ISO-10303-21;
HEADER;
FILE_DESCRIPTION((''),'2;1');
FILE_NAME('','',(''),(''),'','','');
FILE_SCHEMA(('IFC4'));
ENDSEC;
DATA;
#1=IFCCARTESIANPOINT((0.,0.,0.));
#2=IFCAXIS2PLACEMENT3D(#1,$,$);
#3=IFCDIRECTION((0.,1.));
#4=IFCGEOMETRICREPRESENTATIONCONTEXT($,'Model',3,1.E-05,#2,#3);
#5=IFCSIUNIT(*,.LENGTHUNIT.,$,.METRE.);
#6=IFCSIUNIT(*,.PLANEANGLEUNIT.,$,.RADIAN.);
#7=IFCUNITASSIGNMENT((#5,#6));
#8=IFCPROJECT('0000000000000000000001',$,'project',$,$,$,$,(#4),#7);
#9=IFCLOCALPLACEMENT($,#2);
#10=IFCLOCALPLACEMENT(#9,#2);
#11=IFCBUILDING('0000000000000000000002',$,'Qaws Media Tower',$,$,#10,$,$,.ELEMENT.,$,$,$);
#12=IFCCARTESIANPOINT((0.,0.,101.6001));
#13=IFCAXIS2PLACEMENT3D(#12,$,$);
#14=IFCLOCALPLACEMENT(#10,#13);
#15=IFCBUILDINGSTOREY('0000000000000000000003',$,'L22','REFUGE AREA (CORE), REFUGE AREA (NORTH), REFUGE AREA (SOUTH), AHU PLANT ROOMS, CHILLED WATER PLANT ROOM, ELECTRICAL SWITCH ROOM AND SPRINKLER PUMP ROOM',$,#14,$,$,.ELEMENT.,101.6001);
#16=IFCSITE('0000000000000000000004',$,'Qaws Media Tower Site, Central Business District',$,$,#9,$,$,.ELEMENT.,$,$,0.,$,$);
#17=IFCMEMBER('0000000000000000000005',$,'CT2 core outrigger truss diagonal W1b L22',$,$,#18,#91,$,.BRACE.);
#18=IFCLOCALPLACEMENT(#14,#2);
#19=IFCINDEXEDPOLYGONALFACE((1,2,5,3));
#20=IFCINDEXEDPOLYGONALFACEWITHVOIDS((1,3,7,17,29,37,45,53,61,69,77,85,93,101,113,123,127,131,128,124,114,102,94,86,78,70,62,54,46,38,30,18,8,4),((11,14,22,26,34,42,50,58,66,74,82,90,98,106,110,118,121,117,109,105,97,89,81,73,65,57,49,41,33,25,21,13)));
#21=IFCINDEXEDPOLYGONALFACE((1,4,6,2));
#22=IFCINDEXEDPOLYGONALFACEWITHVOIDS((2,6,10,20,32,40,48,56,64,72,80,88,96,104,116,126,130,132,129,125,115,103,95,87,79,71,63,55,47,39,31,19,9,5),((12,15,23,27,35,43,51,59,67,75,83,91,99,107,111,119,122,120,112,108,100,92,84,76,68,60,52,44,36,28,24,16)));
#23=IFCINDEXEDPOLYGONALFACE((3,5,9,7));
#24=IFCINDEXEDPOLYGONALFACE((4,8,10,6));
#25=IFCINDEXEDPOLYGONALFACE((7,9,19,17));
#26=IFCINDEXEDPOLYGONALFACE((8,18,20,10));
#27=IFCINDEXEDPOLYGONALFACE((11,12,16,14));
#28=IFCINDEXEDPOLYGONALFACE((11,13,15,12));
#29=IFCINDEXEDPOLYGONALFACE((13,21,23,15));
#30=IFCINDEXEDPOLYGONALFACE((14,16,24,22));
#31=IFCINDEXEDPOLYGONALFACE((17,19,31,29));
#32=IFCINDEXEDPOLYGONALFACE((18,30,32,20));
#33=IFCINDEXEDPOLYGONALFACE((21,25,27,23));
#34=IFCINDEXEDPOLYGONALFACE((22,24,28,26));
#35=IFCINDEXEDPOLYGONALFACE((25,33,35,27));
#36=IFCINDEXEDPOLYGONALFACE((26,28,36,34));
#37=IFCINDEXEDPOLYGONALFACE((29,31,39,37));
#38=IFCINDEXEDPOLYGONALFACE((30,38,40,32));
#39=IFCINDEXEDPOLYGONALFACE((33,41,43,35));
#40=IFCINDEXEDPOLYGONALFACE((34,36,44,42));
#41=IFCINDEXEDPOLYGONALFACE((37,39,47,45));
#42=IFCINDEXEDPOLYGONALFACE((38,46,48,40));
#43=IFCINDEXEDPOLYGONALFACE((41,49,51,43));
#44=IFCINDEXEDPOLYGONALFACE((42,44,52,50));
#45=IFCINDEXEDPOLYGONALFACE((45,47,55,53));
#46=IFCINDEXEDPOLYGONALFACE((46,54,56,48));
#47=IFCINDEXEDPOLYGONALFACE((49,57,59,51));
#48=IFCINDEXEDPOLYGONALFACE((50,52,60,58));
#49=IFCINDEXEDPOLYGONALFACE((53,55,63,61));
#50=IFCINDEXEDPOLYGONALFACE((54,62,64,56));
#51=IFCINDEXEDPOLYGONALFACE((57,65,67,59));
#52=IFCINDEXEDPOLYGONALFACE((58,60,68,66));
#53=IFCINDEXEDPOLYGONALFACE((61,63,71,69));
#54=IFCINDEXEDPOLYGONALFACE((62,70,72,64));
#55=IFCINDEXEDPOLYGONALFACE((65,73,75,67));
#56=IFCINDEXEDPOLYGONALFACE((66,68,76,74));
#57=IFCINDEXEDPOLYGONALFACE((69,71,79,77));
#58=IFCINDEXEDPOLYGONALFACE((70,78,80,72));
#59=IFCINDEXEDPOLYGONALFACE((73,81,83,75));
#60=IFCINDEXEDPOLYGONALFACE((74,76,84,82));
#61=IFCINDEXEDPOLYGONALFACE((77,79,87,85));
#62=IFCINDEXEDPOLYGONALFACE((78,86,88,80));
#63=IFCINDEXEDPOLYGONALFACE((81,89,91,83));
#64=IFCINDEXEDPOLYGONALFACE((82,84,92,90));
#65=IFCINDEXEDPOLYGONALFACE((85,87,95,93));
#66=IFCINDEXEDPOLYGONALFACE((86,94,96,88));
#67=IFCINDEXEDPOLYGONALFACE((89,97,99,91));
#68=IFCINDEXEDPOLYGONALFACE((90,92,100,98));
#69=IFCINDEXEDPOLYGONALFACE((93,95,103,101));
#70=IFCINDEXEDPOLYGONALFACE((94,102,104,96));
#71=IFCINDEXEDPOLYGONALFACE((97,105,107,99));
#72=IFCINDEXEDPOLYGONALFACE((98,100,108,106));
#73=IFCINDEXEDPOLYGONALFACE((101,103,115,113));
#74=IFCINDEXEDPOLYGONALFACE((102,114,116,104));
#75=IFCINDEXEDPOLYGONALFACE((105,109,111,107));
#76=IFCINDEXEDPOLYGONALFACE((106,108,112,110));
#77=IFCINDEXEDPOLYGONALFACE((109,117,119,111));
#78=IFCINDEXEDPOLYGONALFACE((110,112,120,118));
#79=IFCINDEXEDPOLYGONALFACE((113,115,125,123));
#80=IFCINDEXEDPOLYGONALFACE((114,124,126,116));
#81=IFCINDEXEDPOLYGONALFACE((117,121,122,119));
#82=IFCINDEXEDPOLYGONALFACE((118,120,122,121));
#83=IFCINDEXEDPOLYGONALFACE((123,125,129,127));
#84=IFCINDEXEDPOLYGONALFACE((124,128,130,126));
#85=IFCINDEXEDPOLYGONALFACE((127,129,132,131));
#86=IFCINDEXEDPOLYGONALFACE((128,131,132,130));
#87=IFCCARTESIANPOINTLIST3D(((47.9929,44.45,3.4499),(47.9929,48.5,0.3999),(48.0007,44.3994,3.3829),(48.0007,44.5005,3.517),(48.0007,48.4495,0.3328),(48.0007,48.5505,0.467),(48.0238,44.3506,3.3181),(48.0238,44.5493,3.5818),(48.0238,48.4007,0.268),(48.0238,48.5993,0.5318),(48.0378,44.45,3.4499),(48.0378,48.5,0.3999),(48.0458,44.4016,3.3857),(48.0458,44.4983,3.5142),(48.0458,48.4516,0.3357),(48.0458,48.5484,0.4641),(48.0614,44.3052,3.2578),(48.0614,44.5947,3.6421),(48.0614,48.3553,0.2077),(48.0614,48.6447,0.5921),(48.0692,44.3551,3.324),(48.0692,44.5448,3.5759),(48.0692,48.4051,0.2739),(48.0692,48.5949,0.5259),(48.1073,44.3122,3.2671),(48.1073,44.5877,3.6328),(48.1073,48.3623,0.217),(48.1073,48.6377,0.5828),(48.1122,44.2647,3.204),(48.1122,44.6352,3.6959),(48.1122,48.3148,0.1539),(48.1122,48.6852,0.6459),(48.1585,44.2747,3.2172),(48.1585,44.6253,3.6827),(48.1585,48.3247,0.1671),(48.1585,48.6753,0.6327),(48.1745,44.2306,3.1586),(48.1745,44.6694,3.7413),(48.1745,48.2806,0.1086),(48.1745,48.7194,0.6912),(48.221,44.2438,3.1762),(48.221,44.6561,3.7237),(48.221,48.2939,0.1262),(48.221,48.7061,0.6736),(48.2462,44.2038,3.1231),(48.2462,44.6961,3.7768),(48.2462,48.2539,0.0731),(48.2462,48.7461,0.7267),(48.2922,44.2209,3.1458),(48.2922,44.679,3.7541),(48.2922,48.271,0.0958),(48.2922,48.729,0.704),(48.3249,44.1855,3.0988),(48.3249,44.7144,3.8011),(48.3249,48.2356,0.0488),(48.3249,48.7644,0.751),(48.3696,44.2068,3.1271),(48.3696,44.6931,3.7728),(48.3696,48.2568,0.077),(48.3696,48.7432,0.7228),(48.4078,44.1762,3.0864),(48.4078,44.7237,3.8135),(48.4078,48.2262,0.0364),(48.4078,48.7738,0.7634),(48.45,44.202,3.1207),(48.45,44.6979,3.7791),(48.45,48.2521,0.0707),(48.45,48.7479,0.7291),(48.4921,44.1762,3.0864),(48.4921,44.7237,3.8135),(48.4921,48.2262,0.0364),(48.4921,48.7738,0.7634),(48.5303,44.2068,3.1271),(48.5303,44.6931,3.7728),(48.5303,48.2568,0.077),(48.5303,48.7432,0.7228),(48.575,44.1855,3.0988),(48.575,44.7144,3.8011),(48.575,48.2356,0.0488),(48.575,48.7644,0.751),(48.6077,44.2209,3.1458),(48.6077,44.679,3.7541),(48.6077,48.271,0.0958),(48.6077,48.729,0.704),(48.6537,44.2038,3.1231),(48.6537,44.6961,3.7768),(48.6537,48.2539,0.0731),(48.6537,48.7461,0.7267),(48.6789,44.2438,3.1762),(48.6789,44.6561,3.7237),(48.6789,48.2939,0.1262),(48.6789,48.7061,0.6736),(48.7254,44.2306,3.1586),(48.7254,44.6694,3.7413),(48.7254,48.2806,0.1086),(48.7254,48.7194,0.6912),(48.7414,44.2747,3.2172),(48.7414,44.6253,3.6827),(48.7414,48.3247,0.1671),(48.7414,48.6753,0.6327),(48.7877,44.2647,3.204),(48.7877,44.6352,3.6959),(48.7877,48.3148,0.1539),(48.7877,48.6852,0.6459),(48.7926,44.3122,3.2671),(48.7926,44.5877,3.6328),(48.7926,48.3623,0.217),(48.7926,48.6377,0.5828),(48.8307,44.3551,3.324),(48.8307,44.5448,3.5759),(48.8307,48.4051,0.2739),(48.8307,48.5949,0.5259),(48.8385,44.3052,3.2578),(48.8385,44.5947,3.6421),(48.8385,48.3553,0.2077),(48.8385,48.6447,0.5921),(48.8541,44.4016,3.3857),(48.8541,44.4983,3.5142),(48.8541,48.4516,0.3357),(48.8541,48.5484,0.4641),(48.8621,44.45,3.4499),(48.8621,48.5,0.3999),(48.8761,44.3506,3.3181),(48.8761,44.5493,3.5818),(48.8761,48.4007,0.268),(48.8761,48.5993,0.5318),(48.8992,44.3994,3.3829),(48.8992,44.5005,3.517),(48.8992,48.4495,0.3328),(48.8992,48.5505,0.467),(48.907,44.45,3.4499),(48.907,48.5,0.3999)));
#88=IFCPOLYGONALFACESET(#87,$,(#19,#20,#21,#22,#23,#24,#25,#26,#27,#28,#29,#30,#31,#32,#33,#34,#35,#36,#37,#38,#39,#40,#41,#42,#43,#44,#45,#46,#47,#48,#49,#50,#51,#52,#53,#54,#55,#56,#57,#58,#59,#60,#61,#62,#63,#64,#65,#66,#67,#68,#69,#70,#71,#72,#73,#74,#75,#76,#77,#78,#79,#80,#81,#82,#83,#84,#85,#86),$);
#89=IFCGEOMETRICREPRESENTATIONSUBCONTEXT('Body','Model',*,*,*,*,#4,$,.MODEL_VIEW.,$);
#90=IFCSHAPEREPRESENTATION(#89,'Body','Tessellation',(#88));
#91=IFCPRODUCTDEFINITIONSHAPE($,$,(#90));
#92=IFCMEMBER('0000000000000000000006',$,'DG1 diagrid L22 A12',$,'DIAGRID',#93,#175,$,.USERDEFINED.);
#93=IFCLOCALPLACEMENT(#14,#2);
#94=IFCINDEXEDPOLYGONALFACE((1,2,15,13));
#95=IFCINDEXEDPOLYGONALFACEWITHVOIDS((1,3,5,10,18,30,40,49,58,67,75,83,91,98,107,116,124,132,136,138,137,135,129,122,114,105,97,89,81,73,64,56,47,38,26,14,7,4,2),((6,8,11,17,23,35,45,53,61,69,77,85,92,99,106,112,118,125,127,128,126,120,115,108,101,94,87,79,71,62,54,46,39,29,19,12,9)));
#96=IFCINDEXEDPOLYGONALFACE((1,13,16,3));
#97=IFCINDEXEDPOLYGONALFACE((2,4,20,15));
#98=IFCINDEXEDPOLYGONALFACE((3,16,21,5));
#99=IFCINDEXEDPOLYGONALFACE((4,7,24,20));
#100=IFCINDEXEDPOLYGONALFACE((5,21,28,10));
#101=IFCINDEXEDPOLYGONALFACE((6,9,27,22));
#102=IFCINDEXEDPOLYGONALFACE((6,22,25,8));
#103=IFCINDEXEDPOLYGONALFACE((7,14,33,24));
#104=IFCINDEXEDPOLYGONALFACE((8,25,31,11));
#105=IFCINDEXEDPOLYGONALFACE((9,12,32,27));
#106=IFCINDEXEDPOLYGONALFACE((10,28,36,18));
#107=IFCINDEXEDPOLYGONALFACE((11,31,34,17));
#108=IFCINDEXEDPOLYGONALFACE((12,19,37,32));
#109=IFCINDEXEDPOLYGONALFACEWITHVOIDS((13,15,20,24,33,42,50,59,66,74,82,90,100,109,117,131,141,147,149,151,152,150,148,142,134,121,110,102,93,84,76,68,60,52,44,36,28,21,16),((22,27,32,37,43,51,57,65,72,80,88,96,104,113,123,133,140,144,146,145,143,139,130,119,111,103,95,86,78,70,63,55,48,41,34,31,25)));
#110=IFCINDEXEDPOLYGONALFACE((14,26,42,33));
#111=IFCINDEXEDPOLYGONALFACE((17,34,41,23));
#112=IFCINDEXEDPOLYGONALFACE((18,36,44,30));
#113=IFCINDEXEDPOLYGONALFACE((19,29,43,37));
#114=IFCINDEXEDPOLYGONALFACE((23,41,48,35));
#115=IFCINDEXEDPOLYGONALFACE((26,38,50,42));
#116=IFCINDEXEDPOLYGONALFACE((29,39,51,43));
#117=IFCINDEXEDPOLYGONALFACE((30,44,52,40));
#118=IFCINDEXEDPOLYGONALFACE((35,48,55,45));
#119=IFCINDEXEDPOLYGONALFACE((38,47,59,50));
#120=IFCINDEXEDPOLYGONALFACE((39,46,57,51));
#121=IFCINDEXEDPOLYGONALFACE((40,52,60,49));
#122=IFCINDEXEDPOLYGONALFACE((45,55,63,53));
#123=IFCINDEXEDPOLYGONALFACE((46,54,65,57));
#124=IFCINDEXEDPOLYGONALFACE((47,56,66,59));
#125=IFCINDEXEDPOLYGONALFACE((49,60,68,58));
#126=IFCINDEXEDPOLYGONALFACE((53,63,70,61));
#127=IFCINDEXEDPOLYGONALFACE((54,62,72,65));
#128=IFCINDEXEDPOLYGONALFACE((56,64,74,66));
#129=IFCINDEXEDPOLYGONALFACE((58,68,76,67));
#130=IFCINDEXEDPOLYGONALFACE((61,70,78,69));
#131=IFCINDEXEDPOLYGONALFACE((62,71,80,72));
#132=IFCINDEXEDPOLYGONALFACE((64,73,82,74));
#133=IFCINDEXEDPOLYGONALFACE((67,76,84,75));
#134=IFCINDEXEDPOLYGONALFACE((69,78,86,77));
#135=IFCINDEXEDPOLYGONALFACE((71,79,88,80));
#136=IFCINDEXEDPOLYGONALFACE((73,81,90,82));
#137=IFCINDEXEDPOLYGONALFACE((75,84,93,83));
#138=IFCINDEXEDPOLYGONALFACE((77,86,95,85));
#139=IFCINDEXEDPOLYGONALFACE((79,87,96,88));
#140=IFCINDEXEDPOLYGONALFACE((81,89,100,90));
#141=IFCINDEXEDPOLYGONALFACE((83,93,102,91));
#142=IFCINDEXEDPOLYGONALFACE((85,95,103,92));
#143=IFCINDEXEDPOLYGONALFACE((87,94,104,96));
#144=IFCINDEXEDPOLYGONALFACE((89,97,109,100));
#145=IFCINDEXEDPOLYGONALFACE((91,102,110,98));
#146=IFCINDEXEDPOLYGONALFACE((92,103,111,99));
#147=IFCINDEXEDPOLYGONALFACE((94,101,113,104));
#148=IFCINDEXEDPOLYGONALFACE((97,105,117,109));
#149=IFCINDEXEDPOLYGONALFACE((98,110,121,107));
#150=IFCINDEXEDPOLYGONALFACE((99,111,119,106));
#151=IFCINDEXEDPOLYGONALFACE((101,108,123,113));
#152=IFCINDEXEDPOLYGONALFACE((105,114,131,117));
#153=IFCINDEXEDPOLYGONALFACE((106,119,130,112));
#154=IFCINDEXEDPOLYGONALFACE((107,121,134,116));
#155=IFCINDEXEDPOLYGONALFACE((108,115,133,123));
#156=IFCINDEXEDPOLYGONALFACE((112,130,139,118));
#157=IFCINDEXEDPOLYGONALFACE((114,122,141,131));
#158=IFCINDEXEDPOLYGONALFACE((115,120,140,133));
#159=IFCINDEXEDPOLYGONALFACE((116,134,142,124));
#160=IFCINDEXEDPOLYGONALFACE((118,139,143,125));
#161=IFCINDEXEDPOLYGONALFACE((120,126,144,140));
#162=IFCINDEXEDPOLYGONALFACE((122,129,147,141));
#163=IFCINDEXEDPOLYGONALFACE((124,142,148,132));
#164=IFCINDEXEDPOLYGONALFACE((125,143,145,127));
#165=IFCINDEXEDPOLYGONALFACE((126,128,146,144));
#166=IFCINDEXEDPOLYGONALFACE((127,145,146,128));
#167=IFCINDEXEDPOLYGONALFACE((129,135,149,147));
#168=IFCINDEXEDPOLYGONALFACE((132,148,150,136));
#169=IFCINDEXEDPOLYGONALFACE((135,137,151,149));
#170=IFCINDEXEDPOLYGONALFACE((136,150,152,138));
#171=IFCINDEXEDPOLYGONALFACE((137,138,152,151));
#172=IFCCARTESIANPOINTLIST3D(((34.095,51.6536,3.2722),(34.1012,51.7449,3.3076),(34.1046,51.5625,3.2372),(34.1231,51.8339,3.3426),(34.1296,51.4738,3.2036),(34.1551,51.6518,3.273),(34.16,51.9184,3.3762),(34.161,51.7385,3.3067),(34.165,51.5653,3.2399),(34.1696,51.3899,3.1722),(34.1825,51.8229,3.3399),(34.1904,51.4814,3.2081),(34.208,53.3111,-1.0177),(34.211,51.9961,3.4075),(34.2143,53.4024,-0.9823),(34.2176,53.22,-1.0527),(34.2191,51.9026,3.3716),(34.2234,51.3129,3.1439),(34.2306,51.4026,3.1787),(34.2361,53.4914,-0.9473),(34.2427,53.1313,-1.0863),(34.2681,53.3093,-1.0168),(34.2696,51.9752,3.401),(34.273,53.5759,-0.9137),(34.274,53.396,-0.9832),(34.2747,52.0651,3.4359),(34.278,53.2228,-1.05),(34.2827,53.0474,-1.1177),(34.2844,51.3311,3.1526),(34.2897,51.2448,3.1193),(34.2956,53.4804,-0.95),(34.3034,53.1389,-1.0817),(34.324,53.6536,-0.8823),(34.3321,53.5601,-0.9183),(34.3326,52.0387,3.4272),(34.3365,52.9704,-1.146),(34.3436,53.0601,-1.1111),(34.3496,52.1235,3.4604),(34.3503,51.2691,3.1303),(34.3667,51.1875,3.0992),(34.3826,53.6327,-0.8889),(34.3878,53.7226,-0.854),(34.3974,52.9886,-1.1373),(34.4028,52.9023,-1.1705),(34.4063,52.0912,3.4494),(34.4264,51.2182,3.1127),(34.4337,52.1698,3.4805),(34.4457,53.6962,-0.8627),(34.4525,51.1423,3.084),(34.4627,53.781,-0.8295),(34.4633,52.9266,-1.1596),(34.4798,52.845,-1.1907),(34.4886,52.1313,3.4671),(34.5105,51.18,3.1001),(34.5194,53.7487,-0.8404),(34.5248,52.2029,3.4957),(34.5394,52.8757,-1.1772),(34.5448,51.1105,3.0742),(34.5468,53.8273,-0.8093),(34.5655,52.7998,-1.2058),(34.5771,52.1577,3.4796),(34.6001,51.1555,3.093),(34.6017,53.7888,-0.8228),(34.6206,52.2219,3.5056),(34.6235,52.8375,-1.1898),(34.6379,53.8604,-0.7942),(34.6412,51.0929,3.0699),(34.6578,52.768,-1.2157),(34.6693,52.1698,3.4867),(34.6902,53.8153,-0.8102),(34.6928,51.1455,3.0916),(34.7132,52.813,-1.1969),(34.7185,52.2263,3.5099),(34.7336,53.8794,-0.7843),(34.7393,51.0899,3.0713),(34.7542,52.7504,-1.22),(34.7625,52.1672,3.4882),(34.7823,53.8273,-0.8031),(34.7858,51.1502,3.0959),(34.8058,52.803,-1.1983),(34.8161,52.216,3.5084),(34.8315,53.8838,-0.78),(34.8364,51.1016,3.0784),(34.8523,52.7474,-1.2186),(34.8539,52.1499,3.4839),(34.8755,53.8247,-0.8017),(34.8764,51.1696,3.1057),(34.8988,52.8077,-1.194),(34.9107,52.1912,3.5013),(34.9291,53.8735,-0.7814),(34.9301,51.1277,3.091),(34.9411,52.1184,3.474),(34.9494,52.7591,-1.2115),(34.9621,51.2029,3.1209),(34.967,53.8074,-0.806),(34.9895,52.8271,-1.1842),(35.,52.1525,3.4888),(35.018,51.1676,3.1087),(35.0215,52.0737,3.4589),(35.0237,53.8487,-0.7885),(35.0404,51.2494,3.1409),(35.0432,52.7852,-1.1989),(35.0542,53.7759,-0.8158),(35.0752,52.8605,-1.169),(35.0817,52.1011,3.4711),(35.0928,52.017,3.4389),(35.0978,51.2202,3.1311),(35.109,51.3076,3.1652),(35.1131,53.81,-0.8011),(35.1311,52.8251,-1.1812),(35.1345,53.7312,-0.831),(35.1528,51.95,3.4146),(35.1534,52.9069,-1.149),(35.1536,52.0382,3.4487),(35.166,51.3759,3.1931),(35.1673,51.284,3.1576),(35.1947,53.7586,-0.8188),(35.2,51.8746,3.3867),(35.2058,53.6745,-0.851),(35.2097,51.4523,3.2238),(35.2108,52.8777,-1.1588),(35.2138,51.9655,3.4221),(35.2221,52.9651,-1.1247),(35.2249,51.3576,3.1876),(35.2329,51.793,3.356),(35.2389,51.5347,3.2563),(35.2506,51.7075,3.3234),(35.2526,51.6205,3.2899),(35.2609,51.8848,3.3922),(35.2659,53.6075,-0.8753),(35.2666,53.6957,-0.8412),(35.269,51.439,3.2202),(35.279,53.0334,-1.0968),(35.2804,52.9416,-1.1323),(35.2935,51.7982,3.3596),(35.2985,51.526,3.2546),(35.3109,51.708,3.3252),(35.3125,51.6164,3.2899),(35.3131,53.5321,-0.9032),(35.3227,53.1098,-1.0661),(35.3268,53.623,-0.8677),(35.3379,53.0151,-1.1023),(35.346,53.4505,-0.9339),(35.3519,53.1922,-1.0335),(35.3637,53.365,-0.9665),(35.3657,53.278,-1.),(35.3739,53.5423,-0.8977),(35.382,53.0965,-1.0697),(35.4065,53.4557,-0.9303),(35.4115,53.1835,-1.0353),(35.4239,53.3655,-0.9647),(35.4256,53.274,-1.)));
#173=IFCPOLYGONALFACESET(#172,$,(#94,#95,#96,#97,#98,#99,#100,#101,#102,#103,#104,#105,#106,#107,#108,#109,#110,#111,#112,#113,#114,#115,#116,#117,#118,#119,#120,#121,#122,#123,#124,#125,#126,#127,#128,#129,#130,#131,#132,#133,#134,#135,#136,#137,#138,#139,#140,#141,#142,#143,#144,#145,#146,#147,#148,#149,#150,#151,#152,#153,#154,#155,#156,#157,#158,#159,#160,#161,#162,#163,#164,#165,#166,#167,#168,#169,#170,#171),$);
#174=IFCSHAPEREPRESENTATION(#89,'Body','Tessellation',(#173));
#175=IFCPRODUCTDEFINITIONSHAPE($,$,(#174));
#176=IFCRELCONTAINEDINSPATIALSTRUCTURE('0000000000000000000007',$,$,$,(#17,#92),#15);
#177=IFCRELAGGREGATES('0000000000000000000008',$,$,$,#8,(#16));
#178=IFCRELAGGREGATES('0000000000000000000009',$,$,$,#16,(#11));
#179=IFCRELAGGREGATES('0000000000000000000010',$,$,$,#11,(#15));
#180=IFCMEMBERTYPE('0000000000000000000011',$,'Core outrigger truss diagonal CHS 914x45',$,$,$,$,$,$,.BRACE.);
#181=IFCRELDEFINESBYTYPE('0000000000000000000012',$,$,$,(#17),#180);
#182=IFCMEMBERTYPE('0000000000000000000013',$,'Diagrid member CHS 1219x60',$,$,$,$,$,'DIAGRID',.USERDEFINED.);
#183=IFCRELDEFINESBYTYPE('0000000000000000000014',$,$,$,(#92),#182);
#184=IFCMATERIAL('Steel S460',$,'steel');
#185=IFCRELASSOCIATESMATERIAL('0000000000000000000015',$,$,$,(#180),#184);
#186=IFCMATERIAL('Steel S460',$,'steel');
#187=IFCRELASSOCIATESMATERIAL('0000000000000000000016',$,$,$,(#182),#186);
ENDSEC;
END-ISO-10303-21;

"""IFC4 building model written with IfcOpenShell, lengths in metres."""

from ifc_helpers import new_model, si_unit, direction, frame, origin, origin_2d, place, context, subcontext, project, spatial, hollow_circle, extrude, material, material_profile, profile_set, type_object, element, save


model = new_model("IFC4")

# Units and contexts
model_context = context("Model", 3, precision=1e-05, world=origin(), true_north=direction((0.0, 1.0)))
body_context = subcontext(model_context, "Body", "Model", "MODEL_VIEW")
ifc_project = project(units=[si_unit("LENGTHUNIT", "METRE"), si_unit("PLANEANGLEUNIT", "RADIAN")], contexts=[model_context])

# Site, building, storey
site_placement = place(None, origin())
site = spatial("IfcSite", under=ifc_project, at=site_placement, Name="Qaws Media Tower Site, Central Business District", CompositionType="ELEMENT", RefElevation=0.0)
building_placement = place(site_placement, origin())
building = spatial("IfcBuilding", under=site, at=building_placement, Name="Qaws Media Tower", CompositionType="ELEMENT")
storey_placement = place(building_placement, frame((0.0, 0.0, 101.6001)))
storey = spatial("IfcBuildingStorey", under=building, at=storey_placement, Name="L22", Description="REFUGE AREA (CORE), REFUGE AREA (NORTH), REFUGE AREA (SOUTH), AHU PLANT ROOMS, CHILLED WATER PLANT ROOM, ELECTRICAL SWITCH ROOM AND SPRINKLER PUMP ROOM", CompositionType="ELEMENT", Elevation=101.6001)

# Members
ifc_material_1 = material(Name="Steel S460", Category="steel")
ifc_material_profile_1 = material_profile(ifc_material_1, hollow_circle(Radius=0.457, WallThickness=0.0449, at=origin_2d()), Name="CHS 914x45")
ifc_profile_set_1 = profile_set([ifc_material_profile_1], Name="Steel S460")
member_type_1 = type_object("IfcMemberType", Name="Core outrigger truss diagonal CHS 914x45", PredefinedType="BRACE", material=ifc_profile_set_1)
member_1_placement = place(storey_placement, frame((48.45, 48.5, 0.3999), z_axis=(0.0, -0.798814, 0.601578), x_axis=(1.0, 0.0, 0.0)))
element("IfcMember", 1, at=member_1_placement, inside=storey, type_object=member_type_1, Name="CT2 core outrigger truss diagonal W1b L22", PredefinedType="BRACE", context=body_context, shape_type="SweptSolid", body=[
    extrude(hollow_circle(Radius=0.457, WallThickness=0.0449, at=origin_2d()), origin(), (0.0, 0.0, 1.0), 5.0701),
])
ifc_material_2 = material(Name="Steel S460", Category="steel")
ifc_material_profile_2 = material_profile(ifc_material_2, hollow_circle(Radius=0.6096, WallThickness=0.0601, at=origin_2d()), Name="CHS 1219x60")
ifc_profile_set_2 = profile_set([ifc_material_profile_2], Name="Steel S460")
member_type_2 = type_object("IfcMemberType", Name="Diagrid member CHS 1219x60", ElementType="DIAGRID", PredefinedType="USERDEFINED", material=ifc_profile_set_2)
member_2_placement = place(storey_placement, frame((34.8174, 53.3154, -1.0), z_axis=(-0.024572, -0.3603, 0.932513), x_axis=(0.997683, -0.068041, 0.0)))
element("IfcMember", 2, at=member_2_placement, inside=storey, type_object=member_type_2, Name="DG1 diagrid L22 A12", ObjectType="DIAGRID", PredefinedType="USERDEFINED", context=body_context, shape_type="SweptSolid", body=[
    extrude(hollow_circle(Radius=0.6096, WallThickness=0.0601, at=origin_2d()), origin(), (0.0, 0.0, 1.0), 4.6003),
])

save(model, "model.ifc")
